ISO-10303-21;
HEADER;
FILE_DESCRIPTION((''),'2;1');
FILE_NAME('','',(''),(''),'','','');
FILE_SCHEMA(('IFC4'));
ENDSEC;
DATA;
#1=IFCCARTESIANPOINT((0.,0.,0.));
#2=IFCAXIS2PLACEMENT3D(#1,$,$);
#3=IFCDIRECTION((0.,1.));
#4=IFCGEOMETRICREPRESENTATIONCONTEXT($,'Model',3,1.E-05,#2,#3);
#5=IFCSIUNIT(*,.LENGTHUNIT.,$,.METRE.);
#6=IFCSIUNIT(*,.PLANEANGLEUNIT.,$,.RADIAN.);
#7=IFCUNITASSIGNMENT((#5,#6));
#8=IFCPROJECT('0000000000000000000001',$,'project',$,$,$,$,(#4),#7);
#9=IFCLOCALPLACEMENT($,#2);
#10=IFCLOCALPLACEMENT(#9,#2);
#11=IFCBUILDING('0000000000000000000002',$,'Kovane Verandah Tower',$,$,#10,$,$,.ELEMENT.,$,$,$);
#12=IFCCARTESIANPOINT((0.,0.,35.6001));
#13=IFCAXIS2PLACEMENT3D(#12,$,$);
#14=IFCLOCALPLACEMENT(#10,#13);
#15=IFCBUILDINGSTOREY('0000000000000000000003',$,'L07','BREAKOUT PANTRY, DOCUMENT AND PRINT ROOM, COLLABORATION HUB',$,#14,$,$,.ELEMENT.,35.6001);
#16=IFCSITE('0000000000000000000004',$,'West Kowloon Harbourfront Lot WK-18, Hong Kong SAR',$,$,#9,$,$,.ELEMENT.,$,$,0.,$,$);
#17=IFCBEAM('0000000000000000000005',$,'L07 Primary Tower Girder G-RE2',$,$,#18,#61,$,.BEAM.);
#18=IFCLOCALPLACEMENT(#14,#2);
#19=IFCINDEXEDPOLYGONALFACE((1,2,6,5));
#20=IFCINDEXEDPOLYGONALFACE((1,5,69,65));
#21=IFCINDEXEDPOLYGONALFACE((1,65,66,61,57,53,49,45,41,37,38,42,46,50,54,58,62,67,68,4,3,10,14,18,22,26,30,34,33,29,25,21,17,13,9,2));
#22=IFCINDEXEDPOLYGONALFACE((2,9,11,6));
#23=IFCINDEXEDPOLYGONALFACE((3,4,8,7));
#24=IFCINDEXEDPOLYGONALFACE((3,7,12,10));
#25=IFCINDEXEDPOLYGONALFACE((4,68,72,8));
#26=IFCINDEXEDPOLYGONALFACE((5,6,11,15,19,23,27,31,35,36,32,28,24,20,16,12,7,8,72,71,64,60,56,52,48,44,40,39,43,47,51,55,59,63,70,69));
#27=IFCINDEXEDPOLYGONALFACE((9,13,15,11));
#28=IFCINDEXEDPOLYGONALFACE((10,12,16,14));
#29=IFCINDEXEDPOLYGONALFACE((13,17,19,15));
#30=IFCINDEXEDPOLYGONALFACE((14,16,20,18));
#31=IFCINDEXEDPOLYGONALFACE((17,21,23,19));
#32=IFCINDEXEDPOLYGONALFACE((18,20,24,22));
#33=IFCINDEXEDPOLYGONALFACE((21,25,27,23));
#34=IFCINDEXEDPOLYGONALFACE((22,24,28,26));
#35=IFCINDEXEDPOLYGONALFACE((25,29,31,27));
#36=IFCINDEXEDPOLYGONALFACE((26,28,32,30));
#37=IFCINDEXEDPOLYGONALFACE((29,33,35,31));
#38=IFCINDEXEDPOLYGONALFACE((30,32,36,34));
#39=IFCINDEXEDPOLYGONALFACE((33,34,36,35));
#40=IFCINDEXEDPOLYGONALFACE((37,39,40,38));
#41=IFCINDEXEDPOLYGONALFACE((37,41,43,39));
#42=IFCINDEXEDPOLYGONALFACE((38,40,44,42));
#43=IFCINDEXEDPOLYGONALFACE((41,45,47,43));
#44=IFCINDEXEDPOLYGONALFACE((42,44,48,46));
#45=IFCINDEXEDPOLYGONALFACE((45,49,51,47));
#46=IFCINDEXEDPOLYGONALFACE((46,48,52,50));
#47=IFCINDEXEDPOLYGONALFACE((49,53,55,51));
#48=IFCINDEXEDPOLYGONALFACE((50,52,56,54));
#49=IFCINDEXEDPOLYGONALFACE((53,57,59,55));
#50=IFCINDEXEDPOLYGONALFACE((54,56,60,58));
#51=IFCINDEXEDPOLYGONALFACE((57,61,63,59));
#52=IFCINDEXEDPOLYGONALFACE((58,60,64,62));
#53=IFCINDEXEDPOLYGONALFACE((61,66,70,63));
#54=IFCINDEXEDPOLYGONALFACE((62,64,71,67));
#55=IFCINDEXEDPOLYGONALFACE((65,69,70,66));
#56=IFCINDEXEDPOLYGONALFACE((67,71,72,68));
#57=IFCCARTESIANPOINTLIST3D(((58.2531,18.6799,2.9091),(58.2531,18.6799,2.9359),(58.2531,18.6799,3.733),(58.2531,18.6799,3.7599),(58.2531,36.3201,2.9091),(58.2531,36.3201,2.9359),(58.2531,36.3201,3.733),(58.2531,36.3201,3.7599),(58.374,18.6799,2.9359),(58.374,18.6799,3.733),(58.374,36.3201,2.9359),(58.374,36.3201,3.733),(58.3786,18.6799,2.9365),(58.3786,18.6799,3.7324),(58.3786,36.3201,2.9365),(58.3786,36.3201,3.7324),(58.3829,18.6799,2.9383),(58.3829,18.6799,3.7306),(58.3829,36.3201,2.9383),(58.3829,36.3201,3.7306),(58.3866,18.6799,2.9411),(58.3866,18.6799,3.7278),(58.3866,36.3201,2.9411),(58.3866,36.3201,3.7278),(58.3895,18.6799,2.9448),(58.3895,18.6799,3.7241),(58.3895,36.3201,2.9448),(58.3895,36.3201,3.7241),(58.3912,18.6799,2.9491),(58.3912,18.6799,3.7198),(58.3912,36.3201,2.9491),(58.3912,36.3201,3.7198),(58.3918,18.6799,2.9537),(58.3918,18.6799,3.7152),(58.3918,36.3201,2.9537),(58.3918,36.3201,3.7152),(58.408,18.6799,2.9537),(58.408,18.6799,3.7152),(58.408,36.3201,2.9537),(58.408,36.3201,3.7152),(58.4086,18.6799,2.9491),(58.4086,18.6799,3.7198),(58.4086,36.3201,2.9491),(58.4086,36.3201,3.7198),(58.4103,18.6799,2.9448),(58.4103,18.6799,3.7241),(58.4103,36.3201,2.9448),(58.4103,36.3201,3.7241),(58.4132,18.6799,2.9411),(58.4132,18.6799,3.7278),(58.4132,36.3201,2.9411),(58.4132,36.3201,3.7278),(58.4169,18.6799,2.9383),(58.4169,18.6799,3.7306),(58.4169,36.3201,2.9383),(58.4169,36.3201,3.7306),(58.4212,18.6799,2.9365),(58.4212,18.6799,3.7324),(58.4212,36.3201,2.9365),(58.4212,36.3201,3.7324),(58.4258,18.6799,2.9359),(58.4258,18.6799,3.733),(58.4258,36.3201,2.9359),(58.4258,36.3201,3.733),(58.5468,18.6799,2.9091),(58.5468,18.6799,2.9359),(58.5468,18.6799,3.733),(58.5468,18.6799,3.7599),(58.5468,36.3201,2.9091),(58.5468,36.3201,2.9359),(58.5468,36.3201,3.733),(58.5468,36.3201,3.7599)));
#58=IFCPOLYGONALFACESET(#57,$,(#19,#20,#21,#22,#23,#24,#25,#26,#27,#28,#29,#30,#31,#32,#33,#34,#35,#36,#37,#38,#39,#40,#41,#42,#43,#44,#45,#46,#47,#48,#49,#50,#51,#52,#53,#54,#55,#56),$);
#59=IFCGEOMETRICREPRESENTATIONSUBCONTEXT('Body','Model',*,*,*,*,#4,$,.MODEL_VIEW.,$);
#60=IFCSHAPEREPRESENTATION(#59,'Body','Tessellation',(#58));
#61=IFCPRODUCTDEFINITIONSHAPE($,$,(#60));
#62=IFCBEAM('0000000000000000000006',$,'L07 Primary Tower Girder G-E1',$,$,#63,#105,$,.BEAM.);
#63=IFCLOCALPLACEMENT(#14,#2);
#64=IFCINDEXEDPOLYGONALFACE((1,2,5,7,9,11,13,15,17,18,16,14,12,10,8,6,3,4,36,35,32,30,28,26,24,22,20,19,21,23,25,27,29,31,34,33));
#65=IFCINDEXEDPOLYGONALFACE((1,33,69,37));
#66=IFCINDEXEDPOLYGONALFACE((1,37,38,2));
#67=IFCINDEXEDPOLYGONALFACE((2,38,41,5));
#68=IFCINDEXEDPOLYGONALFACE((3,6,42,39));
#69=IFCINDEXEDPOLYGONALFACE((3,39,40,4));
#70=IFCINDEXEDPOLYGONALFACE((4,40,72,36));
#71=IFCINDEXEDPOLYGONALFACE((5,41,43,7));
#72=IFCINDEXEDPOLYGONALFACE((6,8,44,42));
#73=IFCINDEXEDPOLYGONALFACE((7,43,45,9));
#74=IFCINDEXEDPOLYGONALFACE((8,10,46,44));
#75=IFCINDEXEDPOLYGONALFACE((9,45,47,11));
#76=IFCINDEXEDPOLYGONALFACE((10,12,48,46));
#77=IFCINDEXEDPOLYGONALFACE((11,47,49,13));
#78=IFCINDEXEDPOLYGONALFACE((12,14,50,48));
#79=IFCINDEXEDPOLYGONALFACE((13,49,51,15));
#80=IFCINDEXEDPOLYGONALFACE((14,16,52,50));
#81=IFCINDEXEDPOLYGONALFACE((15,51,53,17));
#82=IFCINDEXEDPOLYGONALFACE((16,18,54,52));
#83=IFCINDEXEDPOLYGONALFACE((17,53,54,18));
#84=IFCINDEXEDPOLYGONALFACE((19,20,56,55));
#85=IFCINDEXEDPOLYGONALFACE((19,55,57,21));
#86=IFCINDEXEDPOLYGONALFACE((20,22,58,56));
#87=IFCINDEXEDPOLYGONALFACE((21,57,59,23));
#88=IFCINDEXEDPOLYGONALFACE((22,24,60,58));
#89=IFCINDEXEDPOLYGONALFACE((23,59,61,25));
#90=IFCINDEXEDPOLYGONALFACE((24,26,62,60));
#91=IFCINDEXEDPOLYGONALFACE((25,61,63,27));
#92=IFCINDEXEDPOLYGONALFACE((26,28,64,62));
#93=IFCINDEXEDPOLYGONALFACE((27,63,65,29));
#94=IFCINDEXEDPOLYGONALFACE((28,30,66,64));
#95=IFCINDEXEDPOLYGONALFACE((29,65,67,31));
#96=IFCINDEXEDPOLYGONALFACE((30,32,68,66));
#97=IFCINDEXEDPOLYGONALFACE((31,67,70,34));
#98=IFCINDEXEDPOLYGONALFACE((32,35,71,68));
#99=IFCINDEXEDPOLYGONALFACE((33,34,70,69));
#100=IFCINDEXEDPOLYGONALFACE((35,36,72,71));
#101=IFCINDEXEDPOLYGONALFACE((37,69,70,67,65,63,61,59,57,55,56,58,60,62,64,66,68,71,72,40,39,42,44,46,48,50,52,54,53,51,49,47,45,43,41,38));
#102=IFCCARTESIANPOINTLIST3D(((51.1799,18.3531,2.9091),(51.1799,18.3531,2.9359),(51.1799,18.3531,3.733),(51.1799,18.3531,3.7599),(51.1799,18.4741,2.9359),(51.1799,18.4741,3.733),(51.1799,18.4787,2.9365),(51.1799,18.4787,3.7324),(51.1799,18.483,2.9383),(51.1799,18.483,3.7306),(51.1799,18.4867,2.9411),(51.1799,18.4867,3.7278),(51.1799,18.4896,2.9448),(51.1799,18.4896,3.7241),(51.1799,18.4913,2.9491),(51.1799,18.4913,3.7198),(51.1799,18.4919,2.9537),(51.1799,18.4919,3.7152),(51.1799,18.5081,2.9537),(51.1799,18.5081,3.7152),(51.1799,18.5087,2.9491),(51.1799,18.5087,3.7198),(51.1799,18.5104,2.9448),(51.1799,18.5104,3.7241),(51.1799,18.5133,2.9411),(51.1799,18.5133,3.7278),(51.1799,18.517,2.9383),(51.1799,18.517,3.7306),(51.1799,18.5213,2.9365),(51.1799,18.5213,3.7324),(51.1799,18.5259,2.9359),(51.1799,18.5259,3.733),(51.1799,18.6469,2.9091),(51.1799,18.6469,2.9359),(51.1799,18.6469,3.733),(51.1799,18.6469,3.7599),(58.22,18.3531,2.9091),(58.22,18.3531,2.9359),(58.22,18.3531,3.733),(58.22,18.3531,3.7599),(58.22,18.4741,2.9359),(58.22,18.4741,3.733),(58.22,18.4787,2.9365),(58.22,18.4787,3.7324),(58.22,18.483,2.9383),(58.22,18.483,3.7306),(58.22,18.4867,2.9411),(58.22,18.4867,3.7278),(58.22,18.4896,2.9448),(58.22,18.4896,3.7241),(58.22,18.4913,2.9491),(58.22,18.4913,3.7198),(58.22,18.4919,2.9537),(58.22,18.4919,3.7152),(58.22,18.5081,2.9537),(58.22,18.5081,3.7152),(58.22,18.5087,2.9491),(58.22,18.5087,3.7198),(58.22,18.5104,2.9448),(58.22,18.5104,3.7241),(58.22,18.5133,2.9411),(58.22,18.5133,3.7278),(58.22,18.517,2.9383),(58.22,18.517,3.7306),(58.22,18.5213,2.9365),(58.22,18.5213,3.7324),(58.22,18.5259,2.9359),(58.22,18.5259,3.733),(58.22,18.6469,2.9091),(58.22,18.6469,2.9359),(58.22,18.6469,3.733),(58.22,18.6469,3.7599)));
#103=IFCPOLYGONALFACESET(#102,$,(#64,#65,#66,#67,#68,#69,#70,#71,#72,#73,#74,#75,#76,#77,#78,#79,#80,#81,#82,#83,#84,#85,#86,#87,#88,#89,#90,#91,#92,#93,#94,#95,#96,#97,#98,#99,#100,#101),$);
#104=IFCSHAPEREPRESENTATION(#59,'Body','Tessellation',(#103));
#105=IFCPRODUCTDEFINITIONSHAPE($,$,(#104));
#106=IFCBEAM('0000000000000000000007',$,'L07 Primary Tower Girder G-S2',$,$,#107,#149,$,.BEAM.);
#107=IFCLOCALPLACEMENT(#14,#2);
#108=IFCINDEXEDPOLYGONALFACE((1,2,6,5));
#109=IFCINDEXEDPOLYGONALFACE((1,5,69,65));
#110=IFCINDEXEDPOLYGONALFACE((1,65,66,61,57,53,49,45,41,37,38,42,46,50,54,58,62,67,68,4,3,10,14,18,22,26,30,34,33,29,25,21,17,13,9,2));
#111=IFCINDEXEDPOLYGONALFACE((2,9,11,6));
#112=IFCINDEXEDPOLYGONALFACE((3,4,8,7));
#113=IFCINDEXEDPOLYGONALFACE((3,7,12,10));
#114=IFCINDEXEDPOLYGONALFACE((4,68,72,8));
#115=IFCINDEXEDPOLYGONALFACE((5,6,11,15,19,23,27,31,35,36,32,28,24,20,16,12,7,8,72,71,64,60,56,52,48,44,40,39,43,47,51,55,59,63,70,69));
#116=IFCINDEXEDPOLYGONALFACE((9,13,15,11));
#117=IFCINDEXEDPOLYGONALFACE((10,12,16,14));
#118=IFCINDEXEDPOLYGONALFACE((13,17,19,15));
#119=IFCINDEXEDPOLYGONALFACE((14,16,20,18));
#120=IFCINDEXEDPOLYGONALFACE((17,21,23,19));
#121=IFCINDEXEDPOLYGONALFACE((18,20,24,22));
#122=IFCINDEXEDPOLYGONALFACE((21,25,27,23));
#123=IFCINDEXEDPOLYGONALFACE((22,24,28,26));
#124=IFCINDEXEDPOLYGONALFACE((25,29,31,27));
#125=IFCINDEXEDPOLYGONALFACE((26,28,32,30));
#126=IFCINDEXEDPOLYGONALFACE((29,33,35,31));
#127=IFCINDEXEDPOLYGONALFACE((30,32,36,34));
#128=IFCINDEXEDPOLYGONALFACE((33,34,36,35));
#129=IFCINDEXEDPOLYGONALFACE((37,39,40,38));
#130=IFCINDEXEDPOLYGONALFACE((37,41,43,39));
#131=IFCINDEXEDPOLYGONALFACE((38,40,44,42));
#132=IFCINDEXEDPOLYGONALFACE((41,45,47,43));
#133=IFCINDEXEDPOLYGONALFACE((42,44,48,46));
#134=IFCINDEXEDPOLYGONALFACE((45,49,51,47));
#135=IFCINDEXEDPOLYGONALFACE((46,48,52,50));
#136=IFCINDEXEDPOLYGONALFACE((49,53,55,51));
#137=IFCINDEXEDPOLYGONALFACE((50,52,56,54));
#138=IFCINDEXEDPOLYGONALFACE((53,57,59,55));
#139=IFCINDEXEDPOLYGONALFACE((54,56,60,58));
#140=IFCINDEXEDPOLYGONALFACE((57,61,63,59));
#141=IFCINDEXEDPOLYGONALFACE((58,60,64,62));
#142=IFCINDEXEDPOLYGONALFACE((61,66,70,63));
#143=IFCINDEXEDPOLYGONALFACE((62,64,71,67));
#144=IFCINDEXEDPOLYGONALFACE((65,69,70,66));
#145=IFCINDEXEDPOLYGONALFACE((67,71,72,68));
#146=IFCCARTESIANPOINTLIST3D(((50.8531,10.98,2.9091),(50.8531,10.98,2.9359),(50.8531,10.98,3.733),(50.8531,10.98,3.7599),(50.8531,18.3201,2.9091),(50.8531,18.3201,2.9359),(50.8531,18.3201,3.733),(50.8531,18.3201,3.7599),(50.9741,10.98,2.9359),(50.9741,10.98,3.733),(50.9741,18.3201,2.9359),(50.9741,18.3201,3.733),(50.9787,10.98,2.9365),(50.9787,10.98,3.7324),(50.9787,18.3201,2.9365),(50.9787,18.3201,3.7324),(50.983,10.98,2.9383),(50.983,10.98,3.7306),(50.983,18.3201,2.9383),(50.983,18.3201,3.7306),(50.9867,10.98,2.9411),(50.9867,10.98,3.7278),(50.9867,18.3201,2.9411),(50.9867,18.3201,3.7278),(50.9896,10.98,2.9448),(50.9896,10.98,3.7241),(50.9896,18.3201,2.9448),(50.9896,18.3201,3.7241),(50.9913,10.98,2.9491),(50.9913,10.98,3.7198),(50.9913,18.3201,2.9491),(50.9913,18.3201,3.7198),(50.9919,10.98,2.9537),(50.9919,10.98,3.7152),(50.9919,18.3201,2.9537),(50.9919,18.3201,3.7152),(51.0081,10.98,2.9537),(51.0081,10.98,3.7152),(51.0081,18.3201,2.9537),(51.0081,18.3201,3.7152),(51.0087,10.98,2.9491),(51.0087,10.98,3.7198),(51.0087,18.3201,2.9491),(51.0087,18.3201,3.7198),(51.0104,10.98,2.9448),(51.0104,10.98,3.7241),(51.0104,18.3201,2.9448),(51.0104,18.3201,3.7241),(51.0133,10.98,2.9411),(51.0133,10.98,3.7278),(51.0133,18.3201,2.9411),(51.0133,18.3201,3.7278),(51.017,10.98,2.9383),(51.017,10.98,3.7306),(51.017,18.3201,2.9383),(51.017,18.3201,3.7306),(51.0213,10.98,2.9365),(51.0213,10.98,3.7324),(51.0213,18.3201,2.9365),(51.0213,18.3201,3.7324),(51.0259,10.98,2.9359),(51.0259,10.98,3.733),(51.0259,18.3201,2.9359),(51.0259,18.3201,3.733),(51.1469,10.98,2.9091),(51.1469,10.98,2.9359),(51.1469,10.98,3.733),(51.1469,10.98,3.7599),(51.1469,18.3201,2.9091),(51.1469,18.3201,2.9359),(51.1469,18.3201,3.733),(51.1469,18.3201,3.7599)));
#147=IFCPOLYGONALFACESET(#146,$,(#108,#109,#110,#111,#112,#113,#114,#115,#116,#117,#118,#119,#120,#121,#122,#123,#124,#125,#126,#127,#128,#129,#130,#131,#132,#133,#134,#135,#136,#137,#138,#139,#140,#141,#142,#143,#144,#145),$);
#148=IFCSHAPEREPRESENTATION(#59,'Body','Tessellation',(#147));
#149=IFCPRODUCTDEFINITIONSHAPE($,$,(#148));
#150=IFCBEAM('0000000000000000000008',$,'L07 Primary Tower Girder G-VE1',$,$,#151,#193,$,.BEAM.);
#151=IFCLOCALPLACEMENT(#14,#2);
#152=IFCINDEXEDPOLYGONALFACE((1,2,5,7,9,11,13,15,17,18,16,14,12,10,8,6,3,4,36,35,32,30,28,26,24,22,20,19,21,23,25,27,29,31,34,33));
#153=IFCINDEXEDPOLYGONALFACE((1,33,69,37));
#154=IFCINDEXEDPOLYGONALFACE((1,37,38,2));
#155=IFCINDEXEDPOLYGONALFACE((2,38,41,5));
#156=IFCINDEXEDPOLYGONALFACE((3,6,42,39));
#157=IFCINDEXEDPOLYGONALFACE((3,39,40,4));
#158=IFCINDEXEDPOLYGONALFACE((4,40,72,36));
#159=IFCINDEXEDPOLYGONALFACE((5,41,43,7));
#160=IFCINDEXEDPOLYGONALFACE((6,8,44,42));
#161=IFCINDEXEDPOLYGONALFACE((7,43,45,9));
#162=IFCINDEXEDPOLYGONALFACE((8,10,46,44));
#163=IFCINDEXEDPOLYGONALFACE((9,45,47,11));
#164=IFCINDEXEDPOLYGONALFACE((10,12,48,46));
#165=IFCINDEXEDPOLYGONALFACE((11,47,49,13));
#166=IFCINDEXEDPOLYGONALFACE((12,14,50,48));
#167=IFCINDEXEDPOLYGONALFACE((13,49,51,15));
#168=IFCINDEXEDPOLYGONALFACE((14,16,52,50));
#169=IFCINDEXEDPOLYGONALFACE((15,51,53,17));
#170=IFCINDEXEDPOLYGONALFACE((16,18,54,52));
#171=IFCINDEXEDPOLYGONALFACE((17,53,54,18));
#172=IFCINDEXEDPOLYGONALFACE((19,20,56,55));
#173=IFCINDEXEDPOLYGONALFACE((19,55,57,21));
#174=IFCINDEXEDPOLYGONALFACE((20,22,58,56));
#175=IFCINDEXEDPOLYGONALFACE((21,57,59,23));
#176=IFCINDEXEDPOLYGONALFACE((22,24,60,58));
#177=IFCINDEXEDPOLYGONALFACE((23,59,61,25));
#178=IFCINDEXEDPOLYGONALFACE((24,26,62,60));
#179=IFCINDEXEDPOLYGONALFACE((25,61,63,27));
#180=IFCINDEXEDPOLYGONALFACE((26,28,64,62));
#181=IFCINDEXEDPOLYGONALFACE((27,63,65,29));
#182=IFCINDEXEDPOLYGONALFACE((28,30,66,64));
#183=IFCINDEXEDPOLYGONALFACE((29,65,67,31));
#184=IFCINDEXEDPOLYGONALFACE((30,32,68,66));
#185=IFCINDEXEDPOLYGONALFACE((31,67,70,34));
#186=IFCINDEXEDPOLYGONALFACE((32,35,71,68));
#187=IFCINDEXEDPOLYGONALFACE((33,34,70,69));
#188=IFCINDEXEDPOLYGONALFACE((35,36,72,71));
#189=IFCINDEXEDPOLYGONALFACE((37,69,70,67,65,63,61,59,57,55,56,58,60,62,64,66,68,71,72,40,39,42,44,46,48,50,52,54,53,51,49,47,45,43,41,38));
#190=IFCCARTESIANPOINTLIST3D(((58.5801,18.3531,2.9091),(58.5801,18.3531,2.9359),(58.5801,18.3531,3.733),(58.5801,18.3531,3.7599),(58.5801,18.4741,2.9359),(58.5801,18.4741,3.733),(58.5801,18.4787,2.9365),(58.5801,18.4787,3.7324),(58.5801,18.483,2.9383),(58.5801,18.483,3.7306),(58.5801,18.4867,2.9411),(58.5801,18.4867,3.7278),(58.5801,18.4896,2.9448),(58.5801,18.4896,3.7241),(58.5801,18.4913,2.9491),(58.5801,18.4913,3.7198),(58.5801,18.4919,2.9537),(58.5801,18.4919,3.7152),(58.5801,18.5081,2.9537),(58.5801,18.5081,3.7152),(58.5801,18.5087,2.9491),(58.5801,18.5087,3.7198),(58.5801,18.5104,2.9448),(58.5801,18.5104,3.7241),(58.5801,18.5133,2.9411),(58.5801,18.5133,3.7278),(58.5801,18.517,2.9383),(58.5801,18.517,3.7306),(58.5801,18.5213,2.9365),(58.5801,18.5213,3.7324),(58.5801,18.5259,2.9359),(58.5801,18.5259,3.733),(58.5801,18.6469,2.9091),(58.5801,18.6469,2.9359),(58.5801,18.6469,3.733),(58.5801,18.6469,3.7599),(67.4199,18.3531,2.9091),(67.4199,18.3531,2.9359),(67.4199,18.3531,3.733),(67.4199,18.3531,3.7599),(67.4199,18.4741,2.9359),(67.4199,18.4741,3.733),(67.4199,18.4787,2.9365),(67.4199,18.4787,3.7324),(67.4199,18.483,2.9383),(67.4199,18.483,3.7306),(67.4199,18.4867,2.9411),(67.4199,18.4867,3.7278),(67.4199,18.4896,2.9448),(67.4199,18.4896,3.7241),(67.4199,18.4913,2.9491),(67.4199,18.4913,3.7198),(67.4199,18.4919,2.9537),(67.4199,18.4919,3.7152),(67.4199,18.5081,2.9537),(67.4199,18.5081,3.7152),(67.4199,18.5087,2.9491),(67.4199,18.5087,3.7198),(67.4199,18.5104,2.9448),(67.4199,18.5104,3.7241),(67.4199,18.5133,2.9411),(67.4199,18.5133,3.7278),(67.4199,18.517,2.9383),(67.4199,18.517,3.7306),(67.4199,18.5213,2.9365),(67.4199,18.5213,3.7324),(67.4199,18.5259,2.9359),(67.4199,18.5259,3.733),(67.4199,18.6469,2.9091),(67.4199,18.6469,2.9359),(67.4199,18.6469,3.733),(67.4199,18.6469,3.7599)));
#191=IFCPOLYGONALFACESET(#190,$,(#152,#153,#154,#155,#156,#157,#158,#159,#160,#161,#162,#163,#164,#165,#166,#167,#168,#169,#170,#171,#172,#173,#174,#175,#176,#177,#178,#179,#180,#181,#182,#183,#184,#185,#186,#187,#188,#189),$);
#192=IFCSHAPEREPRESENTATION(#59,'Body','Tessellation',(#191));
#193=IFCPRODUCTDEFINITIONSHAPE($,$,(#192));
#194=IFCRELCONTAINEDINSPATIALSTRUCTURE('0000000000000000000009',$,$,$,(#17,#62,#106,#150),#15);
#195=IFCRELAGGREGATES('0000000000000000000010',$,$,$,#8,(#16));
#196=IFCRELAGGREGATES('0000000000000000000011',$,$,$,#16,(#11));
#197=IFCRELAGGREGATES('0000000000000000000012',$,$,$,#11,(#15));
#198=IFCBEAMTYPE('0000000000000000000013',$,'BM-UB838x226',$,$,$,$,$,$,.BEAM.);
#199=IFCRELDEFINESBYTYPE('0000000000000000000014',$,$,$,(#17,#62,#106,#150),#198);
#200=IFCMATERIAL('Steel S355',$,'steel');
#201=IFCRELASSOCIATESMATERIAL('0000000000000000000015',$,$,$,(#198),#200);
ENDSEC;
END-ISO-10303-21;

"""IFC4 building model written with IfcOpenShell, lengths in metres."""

from ifc_helpers import new_model, si_unit, direction, frame, origin, origin_2d, place, context, subcontext, project, spatial, i_section, extrude, material, material_profile, profile_set, type_object, element, save


model = new_model("IFC4")

# Units and contexts
model_context = context("Model", 3, precision=1e-05, world=origin(), true_north=direction((0.0, 1.0)))
body_context = subcontext(model_context, "Body", "Model", "MODEL_VIEW")
ifc_project = project(units=[si_unit("LENGTHUNIT", "METRE"), si_unit("PLANEANGLEUNIT", "RADIAN")], contexts=[model_context])

# Site, building, storey
site_placement = place(None, origin())
site = spatial("IfcSite", under=ifc_project, at=site_placement, Name="West Kowloon Harbourfront Lot WK-18, Hong Kong SAR", CompositionType="ELEMENT", RefElevation=0.0)
building_placement = place(site_placement, origin())
building = spatial("IfcBuilding", under=site, at=building_placement, Name="Kovane Verandah Tower", CompositionType="ELEMENT")
storey_placement = place(building_placement, frame((0.0, 0.0, 35.6001)))
storey = spatial("IfcBuildingStorey", under=building, at=storey_placement, Name="L07", Description="BREAKOUT PANTRY, DOCUMENT AND PRINT ROOM, COLLABORATION HUB", CompositionType="ELEMENT", Elevation=35.6001)

# Beams
ifc_material_1 = material(Name="Steel S355", Category="steel")
ifc_material_profile_1 = material_profile(ifc_material_1, i_section(OverallWidth=0.2937, OverallDepth=0.8508, WebThickness=0.0161, FlangeThickness=0.0269, FilletRadius=0.0178, at=origin_2d()), Name="UB838x292x226")
ifc_profile_set_1 = profile_set([ifc_material_profile_1], Name="Steel S355")
beam_type_1 = type_object("IfcBeamType", Name="BM-UB838x226", PredefinedType="BEAM", material=ifc_profile_set_1)
beam_1_placement = place(storey_placement, frame((58.3999, 18.6799, 3.3345), z_axis=(0.0, 1.0, 0.0), x_axis=(-1.0, 0.0, 0.0)))
element("IfcBeam", 1, at=beam_1_placement, inside=storey, type_object=beam_type_1, Name="L07 Primary Tower Girder G-RE2", PredefinedType="BEAM", context=body_context, shape_type="SweptSolid", body=[
    extrude(i_section(OverallWidth=0.2937, OverallDepth=0.8508, WebThickness=0.0161, FlangeThickness=0.0269, FilletRadius=0.0178, at=origin_2d()), origin(), (0.0, 0.0, 1.0), 17.6401),
])
beam_2_placement = place(storey_placement, frame((51.1799, 18.5, 3.3345), z_axis=(1.0, 0.0, 0.0), x_axis=(0.0, 1.0, 0.0)))
element("IfcBeam", 2, at=beam_2_placement, inside=storey, type_object=beam_type_1, Name="L07 Primary Tower Girder G-E1", PredefinedType="BEAM", context=body_context, shape_type="SweptSolid", body=[
    extrude(i_section(OverallWidth=0.2937, OverallDepth=0.8508, WebThickness=0.0161, FlangeThickness=0.0269, FilletRadius=0.0178, at=origin_2d()), origin(), (0.0, 0.0, 1.0), 7.04),
])
beam_3_placement = place(storey_placement, frame((51.0, 18.3201, 3.3345), z_axis=(0.0, -1.0, 0.0), x_axis=(1.0, 0.0, 0.0)))
element("IfcBeam", 3, at=beam_3_placement, inside=storey, type_object=beam_type_1, Name="L07 Primary Tower Girder G-S2", PredefinedType="BEAM", context=body_context, shape_type="SweptSolid", body=[
    extrude(i_section(OverallWidth=0.2937, OverallDepth=0.8508, WebThickness=0.0161, FlangeThickness=0.0269, FilletRadius=0.0178, at=origin_2d()), origin(), (0.0, 0.0, 1.0), 7.3401),
])
beam_4_placement = place(storey_placement, frame((58.5801, 18.5, 3.3345), z_axis=(1.0, 0.0, 0.0), x_axis=(0.0, 1.0, 0.0)))
element("IfcBeam", 4, at=beam_4_placement, inside=storey, type_object=beam_type_1, Name="L07 Primary Tower Girder G-VE1", PredefinedType="BEAM", context=body_context, shape_type="SweptSolid", body=[
    extrude(i_section(OverallWidth=0.2937, OverallDepth=0.8508, WebThickness=0.0161, FlangeThickness=0.0269, FilletRadius=0.0178, at=origin_2d()), origin(), (0.0, 0.0, 1.0), 8.8398),
])

save(model, "model.ifc")
